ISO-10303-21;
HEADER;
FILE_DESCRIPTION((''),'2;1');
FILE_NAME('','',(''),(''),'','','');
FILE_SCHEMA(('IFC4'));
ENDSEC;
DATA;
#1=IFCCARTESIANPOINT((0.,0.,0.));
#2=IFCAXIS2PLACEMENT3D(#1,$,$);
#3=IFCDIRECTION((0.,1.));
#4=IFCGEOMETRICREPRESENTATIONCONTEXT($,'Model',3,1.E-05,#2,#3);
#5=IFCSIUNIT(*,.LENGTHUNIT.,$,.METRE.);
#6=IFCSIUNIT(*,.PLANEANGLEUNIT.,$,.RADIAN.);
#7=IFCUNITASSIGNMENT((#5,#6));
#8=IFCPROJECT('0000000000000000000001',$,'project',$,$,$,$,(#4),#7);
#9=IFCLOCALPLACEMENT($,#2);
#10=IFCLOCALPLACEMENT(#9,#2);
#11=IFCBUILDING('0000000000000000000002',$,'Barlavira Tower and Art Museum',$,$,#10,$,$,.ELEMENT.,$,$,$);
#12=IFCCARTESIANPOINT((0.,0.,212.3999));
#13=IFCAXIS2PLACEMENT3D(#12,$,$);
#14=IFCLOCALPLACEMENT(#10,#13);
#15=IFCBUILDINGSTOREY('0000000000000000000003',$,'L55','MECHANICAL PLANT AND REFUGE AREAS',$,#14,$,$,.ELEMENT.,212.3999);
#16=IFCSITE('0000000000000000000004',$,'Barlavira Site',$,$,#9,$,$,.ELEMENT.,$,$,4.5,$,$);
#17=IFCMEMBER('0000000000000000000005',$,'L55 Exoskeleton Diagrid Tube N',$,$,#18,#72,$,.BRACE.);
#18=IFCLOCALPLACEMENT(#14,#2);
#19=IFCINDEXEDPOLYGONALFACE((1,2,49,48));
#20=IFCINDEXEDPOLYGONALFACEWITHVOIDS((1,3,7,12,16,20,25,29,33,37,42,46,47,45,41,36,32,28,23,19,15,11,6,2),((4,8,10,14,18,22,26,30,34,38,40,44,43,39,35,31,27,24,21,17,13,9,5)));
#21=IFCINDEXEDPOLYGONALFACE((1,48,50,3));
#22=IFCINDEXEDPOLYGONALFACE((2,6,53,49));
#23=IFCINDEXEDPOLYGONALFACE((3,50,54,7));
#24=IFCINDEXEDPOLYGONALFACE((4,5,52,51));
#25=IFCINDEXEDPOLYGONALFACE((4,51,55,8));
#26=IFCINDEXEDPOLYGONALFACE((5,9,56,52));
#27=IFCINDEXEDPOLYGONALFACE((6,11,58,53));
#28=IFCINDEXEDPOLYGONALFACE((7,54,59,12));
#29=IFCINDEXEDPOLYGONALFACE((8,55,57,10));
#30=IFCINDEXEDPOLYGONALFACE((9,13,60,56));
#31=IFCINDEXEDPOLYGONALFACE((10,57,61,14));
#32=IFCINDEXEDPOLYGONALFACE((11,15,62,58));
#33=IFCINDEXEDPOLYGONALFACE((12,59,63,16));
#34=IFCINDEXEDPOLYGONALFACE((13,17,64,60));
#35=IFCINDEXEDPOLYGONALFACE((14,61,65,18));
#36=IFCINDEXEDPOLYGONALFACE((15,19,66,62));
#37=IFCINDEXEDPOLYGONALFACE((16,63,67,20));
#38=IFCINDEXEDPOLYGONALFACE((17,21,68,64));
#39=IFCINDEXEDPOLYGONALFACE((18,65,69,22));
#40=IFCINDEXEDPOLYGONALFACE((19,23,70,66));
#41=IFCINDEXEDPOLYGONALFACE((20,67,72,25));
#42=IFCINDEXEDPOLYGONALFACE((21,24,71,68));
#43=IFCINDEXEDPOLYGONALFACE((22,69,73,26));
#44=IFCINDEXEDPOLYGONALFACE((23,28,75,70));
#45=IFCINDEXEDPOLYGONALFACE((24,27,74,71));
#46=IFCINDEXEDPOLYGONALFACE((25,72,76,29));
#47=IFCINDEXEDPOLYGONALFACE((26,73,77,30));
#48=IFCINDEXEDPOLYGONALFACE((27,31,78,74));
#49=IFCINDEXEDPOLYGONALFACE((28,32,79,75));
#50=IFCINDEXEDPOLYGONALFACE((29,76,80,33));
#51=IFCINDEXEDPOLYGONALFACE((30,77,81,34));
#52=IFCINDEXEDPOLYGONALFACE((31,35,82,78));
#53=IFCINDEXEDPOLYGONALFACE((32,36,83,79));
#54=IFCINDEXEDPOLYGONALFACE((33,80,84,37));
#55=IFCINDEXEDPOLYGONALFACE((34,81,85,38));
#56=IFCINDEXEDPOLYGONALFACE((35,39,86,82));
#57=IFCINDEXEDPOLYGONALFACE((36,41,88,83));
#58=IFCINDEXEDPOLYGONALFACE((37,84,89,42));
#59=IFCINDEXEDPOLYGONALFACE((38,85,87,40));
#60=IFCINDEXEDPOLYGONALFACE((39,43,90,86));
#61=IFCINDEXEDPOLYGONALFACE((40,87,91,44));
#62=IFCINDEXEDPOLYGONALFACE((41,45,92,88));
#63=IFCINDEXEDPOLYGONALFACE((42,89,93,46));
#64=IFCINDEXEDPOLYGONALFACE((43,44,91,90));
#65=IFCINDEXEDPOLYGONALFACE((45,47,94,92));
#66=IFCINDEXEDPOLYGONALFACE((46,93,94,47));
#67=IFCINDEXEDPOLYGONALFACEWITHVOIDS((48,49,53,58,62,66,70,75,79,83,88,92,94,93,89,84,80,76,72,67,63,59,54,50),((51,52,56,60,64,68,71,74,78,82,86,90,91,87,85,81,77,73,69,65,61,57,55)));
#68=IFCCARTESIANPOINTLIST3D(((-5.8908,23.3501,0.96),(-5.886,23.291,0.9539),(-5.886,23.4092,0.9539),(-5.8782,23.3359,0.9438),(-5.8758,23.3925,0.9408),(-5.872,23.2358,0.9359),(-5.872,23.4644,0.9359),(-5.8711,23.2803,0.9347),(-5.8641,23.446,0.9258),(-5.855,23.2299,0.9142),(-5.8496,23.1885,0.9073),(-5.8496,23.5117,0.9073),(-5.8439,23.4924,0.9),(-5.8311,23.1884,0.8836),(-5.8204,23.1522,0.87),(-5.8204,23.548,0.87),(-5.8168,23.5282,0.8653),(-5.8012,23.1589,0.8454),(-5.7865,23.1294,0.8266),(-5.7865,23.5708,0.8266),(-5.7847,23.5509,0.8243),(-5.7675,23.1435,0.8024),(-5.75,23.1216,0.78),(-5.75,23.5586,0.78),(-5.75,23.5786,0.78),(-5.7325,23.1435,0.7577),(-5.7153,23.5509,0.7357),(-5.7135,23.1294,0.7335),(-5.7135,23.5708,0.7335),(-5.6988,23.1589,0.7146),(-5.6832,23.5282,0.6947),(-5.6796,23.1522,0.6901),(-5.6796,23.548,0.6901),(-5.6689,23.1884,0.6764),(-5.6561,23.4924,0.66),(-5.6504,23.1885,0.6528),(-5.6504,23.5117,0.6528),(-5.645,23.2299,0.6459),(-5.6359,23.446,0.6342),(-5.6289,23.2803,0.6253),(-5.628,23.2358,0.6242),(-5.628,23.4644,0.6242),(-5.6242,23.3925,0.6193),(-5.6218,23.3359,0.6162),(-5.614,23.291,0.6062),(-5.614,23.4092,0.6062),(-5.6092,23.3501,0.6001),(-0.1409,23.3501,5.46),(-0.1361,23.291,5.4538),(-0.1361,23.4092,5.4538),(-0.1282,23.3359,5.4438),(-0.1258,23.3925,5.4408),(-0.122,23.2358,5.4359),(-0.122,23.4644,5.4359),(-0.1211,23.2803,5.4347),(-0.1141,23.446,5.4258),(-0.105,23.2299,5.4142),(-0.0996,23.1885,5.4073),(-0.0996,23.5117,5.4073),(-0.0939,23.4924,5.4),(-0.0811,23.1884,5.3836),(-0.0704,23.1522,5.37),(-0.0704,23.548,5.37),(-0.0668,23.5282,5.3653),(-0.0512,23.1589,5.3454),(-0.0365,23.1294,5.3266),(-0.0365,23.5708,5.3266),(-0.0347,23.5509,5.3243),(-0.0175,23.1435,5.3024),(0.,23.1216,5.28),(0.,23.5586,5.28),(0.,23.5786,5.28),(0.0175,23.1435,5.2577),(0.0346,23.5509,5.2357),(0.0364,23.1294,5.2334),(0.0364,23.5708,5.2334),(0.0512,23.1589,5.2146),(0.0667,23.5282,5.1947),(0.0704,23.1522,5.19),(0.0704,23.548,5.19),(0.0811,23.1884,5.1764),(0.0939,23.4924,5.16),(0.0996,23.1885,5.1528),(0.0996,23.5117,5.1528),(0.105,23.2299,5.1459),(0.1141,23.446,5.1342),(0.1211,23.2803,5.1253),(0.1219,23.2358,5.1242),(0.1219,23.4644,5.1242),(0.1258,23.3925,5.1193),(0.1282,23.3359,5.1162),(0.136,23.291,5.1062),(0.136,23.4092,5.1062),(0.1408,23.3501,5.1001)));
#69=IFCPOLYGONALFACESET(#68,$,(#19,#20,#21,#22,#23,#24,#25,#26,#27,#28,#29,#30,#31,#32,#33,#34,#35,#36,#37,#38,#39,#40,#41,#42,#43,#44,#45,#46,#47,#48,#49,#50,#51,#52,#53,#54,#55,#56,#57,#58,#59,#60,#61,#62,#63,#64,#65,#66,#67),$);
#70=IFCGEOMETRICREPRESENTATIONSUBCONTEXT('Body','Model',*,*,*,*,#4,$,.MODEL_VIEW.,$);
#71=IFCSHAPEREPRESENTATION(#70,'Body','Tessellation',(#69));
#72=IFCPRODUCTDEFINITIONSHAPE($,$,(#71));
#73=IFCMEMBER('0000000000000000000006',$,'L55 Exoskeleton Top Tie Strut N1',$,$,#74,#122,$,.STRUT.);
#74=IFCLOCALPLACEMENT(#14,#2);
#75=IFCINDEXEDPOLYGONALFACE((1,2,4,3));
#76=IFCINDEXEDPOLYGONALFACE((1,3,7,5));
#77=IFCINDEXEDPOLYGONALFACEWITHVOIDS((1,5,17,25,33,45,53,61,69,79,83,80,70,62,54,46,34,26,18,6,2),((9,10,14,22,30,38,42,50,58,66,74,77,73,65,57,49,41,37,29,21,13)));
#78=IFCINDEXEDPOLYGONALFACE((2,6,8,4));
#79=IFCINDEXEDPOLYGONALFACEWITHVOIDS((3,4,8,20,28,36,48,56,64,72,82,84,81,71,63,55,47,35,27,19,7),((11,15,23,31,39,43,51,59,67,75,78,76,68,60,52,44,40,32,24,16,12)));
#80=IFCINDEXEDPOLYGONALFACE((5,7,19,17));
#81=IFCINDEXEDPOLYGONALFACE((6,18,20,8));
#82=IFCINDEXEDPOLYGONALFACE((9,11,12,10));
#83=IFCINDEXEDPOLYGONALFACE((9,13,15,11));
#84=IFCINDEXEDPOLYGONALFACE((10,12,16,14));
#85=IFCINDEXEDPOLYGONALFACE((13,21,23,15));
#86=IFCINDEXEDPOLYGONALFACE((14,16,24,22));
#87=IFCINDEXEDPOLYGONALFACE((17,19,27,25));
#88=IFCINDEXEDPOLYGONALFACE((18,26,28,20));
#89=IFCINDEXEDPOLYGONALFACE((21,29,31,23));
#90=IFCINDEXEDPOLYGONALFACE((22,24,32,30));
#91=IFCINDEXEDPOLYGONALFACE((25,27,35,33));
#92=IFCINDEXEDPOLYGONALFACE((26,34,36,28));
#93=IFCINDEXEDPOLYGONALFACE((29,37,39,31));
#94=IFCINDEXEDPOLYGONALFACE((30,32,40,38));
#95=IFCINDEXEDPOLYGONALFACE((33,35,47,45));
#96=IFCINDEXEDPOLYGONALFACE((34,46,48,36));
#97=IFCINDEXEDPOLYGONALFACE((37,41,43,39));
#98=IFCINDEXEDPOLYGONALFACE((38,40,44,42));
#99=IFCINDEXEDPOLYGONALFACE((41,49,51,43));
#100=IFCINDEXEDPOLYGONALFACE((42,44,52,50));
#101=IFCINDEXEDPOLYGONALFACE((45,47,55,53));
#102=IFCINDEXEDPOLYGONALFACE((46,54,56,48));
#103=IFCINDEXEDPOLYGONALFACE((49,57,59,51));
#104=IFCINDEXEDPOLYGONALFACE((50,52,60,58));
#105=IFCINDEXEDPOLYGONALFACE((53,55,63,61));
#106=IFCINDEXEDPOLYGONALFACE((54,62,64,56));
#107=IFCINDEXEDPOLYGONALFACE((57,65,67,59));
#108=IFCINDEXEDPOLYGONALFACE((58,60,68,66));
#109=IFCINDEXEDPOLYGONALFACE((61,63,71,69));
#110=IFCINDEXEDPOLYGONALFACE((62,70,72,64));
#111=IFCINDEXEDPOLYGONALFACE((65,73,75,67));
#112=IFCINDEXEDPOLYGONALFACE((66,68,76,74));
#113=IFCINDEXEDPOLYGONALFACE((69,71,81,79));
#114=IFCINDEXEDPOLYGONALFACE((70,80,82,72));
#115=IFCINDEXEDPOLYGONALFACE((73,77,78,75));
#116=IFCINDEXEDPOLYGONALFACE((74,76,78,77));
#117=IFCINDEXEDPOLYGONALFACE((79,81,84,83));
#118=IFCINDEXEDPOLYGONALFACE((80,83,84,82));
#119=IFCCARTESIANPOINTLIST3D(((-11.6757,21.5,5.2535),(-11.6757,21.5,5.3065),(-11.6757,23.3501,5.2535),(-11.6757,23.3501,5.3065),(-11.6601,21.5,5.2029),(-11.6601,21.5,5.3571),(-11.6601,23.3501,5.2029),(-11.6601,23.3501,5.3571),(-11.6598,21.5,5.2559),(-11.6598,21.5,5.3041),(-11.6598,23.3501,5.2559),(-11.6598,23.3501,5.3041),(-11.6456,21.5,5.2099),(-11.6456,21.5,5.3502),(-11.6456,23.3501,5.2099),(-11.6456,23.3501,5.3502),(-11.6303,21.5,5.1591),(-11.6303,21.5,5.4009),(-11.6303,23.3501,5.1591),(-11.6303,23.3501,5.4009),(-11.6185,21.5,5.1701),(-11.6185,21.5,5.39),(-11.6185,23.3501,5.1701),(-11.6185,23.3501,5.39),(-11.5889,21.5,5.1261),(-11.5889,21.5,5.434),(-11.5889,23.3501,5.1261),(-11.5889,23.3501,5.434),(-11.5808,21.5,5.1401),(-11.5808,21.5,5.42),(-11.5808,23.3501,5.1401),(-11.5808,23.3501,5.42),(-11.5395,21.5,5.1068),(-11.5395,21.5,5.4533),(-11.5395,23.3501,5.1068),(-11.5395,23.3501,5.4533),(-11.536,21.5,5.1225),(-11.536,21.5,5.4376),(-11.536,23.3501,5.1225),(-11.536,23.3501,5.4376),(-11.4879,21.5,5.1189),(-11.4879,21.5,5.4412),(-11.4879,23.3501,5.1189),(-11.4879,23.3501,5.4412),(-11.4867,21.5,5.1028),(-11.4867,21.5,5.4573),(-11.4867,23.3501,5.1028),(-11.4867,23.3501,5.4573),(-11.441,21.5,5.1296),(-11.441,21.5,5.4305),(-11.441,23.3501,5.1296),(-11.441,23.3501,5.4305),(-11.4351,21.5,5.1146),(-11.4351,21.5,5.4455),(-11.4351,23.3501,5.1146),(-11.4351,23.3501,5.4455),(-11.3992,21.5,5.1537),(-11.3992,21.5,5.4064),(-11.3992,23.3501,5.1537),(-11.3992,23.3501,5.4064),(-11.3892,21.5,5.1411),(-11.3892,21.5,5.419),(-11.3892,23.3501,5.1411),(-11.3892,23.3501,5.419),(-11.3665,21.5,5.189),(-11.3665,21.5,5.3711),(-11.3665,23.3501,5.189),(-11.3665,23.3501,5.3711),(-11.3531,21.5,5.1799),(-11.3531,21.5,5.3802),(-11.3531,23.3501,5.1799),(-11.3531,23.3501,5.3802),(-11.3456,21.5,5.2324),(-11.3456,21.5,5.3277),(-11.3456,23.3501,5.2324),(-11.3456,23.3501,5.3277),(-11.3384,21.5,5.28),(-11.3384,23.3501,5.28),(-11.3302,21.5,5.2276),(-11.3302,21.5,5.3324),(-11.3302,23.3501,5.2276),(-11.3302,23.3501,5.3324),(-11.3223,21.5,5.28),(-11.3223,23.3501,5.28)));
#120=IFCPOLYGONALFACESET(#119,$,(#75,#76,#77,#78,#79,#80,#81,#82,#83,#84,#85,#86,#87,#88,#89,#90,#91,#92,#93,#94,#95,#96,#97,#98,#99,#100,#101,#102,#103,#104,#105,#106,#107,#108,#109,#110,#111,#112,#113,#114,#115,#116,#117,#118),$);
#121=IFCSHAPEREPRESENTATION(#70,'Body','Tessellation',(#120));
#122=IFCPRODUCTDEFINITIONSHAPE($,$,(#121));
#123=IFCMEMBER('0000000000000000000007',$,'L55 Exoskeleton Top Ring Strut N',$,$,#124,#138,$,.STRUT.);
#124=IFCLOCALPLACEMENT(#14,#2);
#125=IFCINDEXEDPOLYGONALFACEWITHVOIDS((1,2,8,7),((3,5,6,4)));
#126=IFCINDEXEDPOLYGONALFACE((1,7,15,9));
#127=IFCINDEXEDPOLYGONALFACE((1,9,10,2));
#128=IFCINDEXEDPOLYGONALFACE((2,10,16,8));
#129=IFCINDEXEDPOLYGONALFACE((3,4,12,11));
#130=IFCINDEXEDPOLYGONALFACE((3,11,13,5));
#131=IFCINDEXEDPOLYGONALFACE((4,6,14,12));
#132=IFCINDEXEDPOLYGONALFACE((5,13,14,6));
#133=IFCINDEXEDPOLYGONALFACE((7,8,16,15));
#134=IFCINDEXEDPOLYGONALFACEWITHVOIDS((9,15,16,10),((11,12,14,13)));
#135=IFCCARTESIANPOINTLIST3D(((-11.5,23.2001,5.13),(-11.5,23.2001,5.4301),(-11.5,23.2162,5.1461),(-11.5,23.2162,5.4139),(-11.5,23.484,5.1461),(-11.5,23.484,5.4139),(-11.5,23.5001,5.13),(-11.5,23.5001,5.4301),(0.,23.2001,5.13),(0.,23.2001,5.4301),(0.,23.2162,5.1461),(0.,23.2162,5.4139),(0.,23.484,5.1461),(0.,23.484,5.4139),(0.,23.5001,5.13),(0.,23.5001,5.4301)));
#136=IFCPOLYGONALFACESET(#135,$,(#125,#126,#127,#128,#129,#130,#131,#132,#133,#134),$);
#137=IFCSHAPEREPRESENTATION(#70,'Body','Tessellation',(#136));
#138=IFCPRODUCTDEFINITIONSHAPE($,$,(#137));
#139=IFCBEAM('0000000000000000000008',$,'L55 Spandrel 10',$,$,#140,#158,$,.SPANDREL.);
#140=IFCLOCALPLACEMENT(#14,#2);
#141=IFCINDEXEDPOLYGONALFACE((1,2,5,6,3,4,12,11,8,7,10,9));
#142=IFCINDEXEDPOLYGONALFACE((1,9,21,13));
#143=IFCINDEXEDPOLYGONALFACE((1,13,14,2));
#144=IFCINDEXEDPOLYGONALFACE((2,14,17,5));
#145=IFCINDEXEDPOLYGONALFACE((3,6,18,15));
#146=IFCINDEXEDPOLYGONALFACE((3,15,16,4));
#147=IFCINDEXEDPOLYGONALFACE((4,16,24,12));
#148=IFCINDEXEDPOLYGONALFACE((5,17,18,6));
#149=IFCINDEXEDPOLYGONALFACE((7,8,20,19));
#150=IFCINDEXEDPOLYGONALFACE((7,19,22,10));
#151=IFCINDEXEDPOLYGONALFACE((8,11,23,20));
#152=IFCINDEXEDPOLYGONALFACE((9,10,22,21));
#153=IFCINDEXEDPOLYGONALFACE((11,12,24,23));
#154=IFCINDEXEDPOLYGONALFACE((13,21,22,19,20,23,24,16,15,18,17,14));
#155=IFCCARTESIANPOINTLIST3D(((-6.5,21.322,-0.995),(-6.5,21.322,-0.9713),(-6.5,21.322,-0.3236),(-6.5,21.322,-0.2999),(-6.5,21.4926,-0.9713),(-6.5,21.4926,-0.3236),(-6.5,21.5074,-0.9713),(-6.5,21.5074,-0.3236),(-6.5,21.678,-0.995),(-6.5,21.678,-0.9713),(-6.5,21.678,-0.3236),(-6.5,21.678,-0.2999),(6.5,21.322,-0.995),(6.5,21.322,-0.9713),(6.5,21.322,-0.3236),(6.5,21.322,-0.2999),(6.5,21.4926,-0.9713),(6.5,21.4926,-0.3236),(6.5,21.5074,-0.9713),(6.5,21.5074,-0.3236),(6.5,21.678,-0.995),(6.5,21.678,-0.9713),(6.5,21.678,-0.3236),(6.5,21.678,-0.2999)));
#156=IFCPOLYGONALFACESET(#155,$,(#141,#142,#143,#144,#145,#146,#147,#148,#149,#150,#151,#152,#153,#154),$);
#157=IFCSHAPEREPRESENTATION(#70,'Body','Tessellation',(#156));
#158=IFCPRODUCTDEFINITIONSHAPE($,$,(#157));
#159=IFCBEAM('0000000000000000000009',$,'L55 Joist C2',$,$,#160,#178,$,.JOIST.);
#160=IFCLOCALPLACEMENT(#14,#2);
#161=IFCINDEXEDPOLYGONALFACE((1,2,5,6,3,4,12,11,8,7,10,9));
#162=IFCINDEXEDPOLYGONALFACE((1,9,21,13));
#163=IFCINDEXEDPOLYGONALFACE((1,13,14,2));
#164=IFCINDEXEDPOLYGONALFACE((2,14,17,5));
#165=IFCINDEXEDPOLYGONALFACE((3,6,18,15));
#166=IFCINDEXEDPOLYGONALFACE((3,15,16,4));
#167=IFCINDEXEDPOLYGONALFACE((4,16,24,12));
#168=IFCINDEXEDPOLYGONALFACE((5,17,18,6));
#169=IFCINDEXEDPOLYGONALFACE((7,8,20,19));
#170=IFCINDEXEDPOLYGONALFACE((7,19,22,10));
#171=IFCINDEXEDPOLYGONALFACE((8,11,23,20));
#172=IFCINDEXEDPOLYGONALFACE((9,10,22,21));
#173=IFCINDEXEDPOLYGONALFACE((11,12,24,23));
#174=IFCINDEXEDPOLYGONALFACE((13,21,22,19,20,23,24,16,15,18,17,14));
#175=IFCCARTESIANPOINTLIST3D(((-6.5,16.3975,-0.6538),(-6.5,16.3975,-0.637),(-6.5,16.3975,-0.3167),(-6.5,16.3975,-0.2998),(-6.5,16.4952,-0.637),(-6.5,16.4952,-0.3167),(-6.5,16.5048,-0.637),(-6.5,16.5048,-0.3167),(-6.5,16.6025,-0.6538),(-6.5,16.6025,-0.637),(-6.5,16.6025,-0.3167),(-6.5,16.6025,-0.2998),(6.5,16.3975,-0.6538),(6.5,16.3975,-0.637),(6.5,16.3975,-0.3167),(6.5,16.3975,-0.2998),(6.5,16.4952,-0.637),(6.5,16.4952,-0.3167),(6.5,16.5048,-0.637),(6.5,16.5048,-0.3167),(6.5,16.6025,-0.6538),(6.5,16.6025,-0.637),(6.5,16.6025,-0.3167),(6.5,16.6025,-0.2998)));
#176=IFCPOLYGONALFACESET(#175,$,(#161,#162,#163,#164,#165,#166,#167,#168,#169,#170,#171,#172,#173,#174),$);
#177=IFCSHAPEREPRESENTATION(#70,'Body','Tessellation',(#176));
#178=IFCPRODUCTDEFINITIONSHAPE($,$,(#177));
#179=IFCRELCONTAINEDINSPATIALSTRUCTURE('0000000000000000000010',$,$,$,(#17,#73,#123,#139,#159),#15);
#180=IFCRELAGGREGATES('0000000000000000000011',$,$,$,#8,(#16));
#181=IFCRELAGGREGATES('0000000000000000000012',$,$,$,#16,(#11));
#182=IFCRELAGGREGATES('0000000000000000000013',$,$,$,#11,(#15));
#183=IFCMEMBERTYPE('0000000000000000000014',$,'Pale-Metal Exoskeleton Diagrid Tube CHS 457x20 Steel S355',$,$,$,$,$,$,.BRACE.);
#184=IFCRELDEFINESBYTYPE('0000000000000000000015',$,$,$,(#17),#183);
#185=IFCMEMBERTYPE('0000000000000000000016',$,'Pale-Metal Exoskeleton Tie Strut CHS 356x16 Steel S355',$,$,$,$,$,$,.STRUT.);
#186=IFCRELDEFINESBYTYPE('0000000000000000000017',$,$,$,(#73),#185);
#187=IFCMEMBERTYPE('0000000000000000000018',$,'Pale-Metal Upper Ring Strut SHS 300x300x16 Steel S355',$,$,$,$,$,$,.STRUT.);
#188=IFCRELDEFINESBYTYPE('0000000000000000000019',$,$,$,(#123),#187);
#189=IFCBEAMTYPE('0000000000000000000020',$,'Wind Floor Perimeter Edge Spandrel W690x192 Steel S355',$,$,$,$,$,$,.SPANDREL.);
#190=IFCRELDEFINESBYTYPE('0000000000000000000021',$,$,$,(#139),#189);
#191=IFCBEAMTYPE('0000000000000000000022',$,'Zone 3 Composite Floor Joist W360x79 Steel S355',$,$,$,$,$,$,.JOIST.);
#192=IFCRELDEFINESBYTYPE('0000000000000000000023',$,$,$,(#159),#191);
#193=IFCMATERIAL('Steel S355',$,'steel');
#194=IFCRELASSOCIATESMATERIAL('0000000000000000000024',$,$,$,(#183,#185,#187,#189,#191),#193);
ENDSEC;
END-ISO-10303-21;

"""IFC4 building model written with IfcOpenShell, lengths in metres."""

from ifc_helpers import new_model, si_unit, direction, frame, origin, origin_2d, place, context, subcontext, project, spatial, hollow_rectangle, hollow_circle, i_section, extrude, material, material_profile, profile_set, type_object, element, save


model = new_model("IFC4")

# Units and contexts
model_context = context("Model", 3, precision=1e-05, world=origin(), true_north=direction((0.0, 1.0)))
body_context = subcontext(model_context, "Body", "Model", "MODEL_VIEW")
ifc_project = project(units=[si_unit("LENGTHUNIT", "METRE"), si_unit("PLANEANGLEUNIT", "RADIAN")], contexts=[model_context])

# Site, building, storey
site_placement = place(None, origin())
site = spatial("IfcSite", under=ifc_project, at=site_placement, Name="Barlavira Site", CompositionType="ELEMENT", RefElevation=4.5)
building_placement = place(site_placement, origin())
building = spatial("IfcBuilding", under=site, at=building_placement, Name="Barlavira Tower and Art Museum", CompositionType="ELEMENT")
storey_placement = place(building_placement, frame((0.0, 0.0, 212.3999)))
storey = spatial("IfcBuildingStorey", under=building, at=storey_placement, Name="L55", Description="MECHANICAL PLANT AND REFUGE AREAS", CompositionType="ELEMENT", Elevation=212.3999)

# Members
ifc_material_1 = material(Name="Steel S355", Category="steel")
ifc_material_profile_1 = material_profile(ifc_material_1, hollow_circle(Radius=0.2285, WallThickness=0.02, at=origin_2d()), Name="CHS 457.0x20.0")
ifc_profile_set_1 = profile_set([ifc_material_profile_1], Name="Steel S355")
member_type_1 = type_object("IfcMemberType", Name="Pale-Metal Exoskeleton Diagrid Tube CHS 457x20 Steel S355", PredefinedType="BRACE", material=ifc_profile_set_1)
for number, where, z_axis, x_axis, name in (
    (1, (-5.75, 23.3501, 0.78), (0.787505, 0.0, 0.616308), (0.0, 1.0, 0.0), "L55 Exoskeleton Diagrid Tube N"),
):
    element("IfcMember", number, at=place(storey_placement, frame(where, z_axis=z_axis, x_axis=x_axis)), inside=storey, type_object=member_type_1, Name=name, PredefinedType="BRACE", context=body_context, shape_type="SweptSolid", body=[
        extrude(hollow_circle(Radius=0.2285, WallThickness=0.02, at=origin_2d()), origin(), (0.0, 0.0, 1.0), 7.3015),
    ])
ifc_material_profile_2 = material_profile(ifc_material_1, hollow_circle(Radius=0.1777, WallThickness=0.0161, at=origin_2d()), Name="CHS 355.6x16.0")
ifc_profile_set_2 = profile_set([ifc_material_profile_2], Name="Steel S355")
member_type_2 = type_object("IfcMemberType", Name="Pale-Metal Exoskeleton Tie Strut CHS 356x16 Steel S355", PredefinedType="STRUT", material=ifc_profile_set_2)
member_1_placement = place(storey_placement, frame((-11.5, 23.3501, 5.28), z_axis=(0.0, -1.0, 0.0), x_axis=(1.0, 0.0, 0.0)))
element("IfcMember", 2, at=member_1_placement, inside=storey, type_object=member_type_2, Name="L55 Exoskeleton Top Tie Strut N1", PredefinedType="STRUT", context=body_context, shape_type="SweptSolid", body=[
    extrude(hollow_circle(Radius=0.1777, WallThickness=0.0161, at=origin_2d()), origin(), (0.0, 0.0, 1.0), 1.8501),
])
ifc_material_profile_3 = material_profile(ifc_material_1, hollow_rectangle(XDim=0.3, YDim=0.3, WallThickness=0.0161, at=origin_2d()), Name="SHS 300x300x16.0")
ifc_profile_set_3 = profile_set([ifc_material_profile_3], Name="Steel S355")
member_type_3 = type_object("IfcMemberType", Name="Pale-Metal Upper Ring Strut SHS 300x300x16 Steel S355", PredefinedType="STRUT", material=ifc_profile_set_3)
member_2_placement = place(storey_placement, frame((-11.5, 23.3501, 5.28), z_axis=(1.0, 0.0, 0.0), x_axis=(0.0, 1.0, 0.0)))
element("IfcMember", 3, at=member_2_placement, inside=storey, type_object=member_type_3, Name="L55 Exoskeleton Top Ring Strut N", PredefinedType="STRUT", context=body_context, shape_type="SweptSolid", body=[
    extrude(hollow_rectangle(XDim=0.3, YDim=0.3, WallThickness=0.0161, at=origin_2d()), origin(), (0.0, 0.0, 1.0), 11.5),
])

# Beams
ifc_material_profile_4 = material_profile(ifc_material_1, i_section(OverallWidth=0.356, OverallDepth=0.6951, WebThickness=0.0149, FlangeThickness=0.0237, at=origin_2d()), Name="W690x192.0")
ifc_profile_set_4 = profile_set([ifc_material_profile_4], Name="Steel S355")
beam_type_1 = type_object("IfcBeamType", Name="Wind Floor Perimeter Edge Spandrel W690x192 Steel S355", PredefinedType="SPANDREL", material=ifc_profile_set_4)
beam_1_placement = place(storey_placement, frame((-6.5, 21.5, -0.6475), z_axis=(1.0, 0.0, 0.0), x_axis=(0.0, 1.0, 0.0)))
element("IfcBeam", 4, at=beam_1_placement, inside=storey, type_object=beam_type_1, Name="L55 Spandrel 10", PredefinedType="SPANDREL", context=body_context, shape_type="SweptSolid", body=[
    extrude(i_section(OverallWidth=0.356, OverallDepth=0.6951, WebThickness=0.0149, FlangeThickness=0.0237, at=origin_2d()), origin(), (0.0, 0.0, 1.0), 13.0),
])
ifc_material_profile_5 = material_profile(ifc_material_1, i_section(OverallWidth=0.2051, OverallDepth=0.354, WebThickness=0.0095, FlangeThickness=0.0168, at=origin_2d()), Name="W360x79.0")
ifc_profile_set_5 = profile_set([ifc_material_profile_5], Name="Steel S355")
beam_type_2 = type_object("IfcBeamType", Name="Zone 3 Composite Floor Joist W360x79 Steel S355", PredefinedType="JOIST", material=ifc_profile_set_5)
beam_2_placement = place(storey_placement, frame((-6.5, 16.5, -0.4768), z_axis=(1.0, 0.0, 0.0), x_axis=(0.0, 1.0, 0.0)))
element("IfcBeam", 5, at=beam_2_placement, inside=storey, type_object=beam_type_2, Name="L55 Joist C2", PredefinedType="JOIST", context=body_context, shape_type="SweptSolid", body=[
    extrude(i_section(OverallWidth=0.2051, OverallDepth=0.354, WebThickness=0.0095, FlangeThickness=0.0168, at=origin_2d()), origin(), (0.0, 0.0, 1.0), 13.0),
])

save(model, "model.ifc")
